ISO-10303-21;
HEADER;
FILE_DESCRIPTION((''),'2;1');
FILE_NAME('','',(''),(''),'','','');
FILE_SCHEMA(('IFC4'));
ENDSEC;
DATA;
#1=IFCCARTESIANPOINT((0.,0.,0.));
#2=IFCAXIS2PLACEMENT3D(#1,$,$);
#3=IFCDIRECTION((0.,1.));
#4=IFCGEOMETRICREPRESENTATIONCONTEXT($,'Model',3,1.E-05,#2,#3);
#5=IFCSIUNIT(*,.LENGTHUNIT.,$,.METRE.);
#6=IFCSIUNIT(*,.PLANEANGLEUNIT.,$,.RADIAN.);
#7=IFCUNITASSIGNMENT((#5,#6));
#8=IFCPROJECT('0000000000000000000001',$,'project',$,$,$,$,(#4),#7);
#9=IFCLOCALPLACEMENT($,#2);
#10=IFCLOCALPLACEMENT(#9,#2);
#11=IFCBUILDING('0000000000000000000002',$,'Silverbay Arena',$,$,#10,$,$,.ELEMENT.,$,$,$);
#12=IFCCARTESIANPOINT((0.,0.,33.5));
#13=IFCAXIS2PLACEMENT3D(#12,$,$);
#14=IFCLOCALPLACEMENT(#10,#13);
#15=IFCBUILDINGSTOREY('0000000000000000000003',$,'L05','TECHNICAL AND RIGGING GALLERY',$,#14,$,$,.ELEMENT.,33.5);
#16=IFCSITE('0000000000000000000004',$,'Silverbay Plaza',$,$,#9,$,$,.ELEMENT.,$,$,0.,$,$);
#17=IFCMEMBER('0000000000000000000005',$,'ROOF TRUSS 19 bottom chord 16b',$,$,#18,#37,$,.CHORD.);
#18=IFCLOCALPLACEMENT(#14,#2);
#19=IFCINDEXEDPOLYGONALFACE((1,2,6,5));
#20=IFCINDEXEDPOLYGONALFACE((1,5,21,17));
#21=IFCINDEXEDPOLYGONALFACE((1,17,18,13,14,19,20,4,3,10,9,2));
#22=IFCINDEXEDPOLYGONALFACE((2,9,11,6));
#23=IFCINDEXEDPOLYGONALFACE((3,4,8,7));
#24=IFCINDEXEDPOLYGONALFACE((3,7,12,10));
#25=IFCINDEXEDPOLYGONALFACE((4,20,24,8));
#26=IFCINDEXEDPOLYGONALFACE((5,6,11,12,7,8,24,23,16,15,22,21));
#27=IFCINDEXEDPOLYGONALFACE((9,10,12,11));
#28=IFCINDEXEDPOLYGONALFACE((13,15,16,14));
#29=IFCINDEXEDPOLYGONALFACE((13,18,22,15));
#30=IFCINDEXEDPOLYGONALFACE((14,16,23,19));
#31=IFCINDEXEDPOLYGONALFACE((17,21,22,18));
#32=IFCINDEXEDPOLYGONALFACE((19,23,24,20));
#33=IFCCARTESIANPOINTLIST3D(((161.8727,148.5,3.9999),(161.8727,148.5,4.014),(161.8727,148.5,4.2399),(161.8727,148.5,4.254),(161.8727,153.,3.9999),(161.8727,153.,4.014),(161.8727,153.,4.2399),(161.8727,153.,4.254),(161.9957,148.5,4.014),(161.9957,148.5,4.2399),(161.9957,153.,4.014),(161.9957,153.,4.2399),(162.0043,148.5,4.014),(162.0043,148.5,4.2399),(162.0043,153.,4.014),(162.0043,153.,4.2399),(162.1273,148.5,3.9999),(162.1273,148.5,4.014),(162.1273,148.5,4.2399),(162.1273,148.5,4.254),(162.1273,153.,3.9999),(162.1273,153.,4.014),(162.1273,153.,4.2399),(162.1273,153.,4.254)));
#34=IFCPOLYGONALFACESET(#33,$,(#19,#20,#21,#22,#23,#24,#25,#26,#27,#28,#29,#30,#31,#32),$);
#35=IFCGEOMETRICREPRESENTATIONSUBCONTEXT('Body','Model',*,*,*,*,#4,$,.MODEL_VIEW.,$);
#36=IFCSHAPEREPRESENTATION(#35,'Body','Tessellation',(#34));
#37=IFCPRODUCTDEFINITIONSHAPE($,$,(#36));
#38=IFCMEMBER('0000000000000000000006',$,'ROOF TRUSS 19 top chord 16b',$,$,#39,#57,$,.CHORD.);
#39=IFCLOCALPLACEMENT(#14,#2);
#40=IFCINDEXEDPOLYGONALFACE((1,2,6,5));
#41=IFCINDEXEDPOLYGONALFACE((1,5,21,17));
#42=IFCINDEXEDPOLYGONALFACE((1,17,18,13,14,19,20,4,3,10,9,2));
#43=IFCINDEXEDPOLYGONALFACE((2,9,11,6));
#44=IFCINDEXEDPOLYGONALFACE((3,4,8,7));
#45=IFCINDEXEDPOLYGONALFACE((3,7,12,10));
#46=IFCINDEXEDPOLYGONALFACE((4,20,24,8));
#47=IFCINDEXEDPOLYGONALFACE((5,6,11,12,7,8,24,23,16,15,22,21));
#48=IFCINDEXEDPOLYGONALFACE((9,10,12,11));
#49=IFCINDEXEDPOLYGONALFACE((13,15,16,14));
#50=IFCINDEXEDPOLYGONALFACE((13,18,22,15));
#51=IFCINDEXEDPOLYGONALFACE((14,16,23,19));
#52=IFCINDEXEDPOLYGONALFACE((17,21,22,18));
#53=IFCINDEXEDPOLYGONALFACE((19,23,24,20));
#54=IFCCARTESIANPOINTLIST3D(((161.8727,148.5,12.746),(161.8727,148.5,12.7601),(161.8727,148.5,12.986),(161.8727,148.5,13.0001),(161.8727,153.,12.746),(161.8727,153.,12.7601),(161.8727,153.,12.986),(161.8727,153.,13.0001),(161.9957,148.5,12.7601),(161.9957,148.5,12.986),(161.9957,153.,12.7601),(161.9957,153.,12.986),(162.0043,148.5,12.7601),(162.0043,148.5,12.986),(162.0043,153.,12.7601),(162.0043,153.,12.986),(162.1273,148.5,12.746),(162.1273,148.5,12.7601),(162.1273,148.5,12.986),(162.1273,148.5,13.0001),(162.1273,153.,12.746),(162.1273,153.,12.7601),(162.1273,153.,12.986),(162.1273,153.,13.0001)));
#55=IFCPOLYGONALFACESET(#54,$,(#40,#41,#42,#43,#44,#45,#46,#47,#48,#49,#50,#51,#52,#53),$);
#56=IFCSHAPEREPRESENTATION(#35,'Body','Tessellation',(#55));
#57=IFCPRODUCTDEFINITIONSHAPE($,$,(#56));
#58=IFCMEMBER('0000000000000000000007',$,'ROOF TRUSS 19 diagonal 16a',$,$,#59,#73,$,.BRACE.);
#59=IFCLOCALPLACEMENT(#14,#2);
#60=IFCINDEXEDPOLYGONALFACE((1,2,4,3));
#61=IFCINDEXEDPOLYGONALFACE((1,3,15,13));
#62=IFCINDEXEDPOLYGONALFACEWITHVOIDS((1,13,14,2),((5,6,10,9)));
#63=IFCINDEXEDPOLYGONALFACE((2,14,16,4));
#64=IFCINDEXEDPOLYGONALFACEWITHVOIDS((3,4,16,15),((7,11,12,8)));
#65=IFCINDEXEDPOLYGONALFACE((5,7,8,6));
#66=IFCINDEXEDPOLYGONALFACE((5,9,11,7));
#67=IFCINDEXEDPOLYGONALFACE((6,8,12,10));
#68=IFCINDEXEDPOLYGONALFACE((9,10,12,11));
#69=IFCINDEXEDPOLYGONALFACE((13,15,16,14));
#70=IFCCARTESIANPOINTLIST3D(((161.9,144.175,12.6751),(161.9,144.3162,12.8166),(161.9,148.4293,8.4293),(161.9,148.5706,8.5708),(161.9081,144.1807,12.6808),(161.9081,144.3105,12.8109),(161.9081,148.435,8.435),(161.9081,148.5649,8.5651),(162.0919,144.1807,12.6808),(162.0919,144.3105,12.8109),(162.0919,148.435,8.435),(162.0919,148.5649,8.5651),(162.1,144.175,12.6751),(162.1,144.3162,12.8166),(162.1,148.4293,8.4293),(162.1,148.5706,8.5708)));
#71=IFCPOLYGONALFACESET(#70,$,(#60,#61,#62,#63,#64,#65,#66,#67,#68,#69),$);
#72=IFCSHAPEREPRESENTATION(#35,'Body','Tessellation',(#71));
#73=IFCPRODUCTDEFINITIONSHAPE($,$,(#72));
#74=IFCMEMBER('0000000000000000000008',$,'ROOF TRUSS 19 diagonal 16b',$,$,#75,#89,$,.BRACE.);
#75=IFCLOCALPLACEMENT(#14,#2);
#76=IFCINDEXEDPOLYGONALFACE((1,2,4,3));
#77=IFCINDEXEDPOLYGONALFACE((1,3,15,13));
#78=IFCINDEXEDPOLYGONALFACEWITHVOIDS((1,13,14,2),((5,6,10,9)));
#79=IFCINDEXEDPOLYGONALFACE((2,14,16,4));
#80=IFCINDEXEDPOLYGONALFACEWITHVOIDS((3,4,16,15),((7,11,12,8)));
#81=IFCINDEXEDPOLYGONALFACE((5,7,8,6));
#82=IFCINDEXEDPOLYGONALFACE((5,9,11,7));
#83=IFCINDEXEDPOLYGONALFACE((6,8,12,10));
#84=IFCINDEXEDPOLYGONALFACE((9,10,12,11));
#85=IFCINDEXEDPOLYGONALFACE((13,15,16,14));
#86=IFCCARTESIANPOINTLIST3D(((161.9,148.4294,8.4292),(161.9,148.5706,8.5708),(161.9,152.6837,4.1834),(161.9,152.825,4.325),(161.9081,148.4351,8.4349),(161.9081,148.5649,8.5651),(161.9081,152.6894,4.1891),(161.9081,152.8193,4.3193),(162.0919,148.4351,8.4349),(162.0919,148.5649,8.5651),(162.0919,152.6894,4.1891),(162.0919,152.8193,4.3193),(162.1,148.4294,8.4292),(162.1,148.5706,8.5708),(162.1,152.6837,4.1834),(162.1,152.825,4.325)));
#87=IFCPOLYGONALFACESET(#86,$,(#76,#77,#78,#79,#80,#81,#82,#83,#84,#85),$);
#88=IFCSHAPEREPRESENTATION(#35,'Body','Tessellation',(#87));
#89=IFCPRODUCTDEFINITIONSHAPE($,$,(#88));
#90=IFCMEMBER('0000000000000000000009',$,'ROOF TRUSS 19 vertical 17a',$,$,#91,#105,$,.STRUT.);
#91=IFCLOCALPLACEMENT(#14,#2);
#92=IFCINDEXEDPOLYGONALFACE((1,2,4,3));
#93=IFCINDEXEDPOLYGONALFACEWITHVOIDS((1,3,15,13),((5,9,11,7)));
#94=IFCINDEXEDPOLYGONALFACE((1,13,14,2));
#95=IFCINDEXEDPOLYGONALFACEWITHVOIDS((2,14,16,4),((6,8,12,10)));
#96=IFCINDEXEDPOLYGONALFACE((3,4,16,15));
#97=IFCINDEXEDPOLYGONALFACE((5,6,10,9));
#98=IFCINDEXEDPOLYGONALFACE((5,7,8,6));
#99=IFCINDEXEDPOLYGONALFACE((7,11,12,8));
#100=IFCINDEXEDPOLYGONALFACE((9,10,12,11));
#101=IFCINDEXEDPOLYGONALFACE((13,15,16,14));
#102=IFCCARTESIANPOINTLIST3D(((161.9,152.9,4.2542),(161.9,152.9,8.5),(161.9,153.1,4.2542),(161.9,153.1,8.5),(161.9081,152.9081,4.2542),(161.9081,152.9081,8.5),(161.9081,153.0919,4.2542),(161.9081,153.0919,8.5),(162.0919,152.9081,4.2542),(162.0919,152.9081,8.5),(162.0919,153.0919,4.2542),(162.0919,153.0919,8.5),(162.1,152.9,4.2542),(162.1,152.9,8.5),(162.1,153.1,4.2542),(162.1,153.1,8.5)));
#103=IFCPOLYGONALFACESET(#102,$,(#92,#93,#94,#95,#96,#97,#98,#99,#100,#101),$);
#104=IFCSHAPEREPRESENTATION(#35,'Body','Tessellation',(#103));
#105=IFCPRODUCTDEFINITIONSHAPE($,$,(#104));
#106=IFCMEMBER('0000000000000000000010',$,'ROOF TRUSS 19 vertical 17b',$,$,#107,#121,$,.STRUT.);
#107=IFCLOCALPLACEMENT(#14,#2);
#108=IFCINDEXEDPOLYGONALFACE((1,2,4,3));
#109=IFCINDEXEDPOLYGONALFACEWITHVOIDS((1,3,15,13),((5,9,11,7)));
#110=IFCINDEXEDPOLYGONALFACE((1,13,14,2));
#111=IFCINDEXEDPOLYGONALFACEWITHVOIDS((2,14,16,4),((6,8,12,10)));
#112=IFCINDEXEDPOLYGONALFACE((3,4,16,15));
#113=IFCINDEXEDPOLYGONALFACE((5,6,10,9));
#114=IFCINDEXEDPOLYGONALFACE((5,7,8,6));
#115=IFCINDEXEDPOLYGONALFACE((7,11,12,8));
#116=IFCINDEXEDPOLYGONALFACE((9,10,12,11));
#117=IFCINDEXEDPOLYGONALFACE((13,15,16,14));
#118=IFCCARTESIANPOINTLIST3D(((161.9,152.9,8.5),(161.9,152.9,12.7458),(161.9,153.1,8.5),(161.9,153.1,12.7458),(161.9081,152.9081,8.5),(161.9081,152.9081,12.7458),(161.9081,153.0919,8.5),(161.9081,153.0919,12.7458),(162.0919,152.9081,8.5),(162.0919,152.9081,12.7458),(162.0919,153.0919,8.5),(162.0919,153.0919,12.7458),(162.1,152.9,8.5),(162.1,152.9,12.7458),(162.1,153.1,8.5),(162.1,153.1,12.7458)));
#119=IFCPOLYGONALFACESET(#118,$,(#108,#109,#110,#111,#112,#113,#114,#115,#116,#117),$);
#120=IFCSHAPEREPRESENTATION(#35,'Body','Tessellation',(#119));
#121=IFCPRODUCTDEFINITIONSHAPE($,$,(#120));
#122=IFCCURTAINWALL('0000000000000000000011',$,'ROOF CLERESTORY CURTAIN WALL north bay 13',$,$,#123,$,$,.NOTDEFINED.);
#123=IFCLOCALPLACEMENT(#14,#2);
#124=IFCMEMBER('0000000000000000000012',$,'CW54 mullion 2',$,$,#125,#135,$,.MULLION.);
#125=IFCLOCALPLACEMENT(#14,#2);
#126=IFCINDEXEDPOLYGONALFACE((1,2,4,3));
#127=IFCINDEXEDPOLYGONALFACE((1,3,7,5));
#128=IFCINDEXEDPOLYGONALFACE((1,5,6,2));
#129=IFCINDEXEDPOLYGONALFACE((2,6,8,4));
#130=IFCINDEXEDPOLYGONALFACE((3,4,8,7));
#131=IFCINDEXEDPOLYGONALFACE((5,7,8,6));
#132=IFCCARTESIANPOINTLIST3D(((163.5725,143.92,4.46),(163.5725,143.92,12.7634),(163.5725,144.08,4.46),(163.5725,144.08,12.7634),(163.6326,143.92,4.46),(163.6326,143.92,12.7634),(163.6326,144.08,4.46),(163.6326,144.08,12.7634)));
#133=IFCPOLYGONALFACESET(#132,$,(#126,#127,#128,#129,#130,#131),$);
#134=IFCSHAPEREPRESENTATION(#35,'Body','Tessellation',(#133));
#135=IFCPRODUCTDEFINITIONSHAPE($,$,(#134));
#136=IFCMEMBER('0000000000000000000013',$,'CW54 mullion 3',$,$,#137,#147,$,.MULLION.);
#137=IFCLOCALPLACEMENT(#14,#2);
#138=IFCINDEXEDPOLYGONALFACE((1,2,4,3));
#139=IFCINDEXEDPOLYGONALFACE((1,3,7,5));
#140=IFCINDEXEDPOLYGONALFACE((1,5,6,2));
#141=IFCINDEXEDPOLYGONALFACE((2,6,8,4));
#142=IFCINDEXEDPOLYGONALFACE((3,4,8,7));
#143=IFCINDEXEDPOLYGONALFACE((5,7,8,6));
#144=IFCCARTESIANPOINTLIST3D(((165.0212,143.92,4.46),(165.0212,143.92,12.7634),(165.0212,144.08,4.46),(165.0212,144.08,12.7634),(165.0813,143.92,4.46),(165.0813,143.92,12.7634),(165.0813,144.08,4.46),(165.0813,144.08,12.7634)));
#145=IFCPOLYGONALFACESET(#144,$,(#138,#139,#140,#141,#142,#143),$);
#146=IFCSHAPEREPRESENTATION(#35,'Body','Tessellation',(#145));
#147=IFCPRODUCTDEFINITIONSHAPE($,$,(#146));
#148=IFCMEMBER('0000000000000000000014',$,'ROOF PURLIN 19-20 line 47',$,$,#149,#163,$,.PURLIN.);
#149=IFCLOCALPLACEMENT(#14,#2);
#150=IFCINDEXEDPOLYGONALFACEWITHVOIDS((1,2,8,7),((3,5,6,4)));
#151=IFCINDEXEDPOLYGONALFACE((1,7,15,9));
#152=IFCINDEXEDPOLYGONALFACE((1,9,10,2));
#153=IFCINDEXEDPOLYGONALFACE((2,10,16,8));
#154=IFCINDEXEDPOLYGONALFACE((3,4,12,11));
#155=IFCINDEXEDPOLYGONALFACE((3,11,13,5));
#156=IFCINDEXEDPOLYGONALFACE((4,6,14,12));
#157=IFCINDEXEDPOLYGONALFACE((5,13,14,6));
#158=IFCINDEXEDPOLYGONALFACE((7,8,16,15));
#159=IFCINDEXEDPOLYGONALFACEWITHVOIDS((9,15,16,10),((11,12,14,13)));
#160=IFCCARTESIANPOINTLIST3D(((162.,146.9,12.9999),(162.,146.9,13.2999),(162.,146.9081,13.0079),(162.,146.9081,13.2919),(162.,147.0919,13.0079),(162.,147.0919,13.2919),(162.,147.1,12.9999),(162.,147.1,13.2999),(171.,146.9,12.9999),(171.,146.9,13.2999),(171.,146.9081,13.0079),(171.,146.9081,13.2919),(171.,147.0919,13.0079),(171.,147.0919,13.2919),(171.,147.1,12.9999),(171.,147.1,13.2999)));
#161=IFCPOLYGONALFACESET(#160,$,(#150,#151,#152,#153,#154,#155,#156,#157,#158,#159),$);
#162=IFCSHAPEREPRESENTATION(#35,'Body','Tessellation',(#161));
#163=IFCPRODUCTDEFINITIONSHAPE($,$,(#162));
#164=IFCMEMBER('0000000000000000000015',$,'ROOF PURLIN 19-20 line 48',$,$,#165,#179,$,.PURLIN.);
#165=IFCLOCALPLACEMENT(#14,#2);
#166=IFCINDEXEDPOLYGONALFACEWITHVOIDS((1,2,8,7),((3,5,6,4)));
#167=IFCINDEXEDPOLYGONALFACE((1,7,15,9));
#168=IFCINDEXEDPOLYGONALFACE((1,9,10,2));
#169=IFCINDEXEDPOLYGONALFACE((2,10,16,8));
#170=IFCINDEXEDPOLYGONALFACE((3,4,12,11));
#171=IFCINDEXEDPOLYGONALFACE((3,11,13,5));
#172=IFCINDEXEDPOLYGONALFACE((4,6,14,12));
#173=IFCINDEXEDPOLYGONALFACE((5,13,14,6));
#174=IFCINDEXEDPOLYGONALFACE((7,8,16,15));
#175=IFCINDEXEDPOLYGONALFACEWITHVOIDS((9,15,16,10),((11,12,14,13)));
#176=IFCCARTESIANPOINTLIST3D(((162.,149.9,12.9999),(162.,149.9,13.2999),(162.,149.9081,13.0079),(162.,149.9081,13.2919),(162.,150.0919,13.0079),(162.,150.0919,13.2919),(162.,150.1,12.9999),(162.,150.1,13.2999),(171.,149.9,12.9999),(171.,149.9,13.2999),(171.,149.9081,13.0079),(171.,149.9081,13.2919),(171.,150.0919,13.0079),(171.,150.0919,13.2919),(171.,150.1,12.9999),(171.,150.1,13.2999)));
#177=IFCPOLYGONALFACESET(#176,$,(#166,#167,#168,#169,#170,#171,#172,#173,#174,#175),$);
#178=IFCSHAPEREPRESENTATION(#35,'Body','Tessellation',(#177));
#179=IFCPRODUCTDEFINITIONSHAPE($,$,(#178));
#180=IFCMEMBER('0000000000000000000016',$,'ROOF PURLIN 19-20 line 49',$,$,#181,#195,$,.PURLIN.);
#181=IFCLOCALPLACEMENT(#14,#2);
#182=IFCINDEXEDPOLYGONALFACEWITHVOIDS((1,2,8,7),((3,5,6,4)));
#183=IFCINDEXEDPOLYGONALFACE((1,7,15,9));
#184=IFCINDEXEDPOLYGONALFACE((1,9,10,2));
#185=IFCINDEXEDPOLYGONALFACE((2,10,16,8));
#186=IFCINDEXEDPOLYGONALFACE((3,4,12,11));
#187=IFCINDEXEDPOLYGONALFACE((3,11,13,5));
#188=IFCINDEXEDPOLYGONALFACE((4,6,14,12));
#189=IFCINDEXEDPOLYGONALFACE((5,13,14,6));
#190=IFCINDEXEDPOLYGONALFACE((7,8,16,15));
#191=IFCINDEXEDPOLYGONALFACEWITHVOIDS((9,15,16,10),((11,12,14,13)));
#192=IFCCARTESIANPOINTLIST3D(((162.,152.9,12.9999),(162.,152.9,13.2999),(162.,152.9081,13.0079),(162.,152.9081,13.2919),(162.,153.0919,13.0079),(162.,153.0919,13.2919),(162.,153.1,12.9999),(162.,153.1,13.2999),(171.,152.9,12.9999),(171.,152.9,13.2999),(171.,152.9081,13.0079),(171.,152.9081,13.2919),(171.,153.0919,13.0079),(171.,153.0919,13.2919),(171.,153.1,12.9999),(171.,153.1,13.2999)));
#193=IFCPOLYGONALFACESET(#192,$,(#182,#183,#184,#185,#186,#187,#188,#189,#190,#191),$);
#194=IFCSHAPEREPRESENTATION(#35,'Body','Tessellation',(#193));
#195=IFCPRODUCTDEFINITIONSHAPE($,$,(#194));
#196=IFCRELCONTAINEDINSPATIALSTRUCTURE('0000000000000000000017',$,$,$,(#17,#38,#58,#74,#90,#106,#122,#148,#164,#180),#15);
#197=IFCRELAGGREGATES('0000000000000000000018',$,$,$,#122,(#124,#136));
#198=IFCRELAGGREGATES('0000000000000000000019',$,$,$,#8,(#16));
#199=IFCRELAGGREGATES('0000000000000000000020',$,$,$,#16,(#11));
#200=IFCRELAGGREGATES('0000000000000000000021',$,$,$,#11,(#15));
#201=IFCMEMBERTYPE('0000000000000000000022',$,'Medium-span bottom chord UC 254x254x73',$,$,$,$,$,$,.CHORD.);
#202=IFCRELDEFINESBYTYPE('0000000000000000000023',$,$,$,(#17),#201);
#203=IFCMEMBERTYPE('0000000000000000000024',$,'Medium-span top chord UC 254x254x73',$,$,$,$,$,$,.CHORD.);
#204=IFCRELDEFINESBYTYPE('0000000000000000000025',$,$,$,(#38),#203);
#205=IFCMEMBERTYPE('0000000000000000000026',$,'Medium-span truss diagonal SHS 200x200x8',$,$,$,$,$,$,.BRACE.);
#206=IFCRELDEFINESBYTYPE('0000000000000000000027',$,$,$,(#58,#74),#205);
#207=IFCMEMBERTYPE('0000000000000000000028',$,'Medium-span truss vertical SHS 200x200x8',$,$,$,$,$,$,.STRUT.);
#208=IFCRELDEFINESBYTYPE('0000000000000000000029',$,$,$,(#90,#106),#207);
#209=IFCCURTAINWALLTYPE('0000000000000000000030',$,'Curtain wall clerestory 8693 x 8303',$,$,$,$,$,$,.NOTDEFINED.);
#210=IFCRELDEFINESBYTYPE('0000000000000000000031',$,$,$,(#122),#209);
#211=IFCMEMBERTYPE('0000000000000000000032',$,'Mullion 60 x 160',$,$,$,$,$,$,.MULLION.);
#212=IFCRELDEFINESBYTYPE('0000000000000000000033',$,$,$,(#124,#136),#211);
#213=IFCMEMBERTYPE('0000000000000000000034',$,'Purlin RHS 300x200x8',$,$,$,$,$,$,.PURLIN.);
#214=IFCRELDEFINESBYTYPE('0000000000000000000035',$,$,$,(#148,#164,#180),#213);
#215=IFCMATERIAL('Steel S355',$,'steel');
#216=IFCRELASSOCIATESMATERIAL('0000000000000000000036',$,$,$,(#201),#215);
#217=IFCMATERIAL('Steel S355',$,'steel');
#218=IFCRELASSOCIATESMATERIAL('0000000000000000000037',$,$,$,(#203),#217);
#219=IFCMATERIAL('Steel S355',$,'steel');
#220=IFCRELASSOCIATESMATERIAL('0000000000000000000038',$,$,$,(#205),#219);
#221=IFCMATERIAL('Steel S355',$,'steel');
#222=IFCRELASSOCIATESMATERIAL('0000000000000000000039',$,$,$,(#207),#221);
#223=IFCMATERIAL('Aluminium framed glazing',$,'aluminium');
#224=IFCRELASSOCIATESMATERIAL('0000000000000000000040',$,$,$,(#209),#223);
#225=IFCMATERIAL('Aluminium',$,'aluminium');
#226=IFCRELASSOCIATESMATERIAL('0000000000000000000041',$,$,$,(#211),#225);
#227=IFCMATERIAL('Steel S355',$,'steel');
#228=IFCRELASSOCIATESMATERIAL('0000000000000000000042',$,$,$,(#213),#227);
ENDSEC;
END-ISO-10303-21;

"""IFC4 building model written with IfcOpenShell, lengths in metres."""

from ifc_helpers import new_model, si_unit, direction, frame, origin, origin_2d, place, context, subcontext, project, spatial, rectangle, hollow_rectangle, i_section, extrude, material, material_profile, profile_set, type_object, element, aggregate, save


model = new_model("IFC4")

# Units and contexts
model_context = context("Model", 3, precision=1e-05, world=origin(), true_north=direction((0.0, 1.0)))
body_context = subcontext(model_context, "Body", "Model", "MODEL_VIEW")
ifc_project = project(units=[si_unit("LENGTHUNIT", "METRE"), si_unit("PLANEANGLEUNIT", "RADIAN")], contexts=[model_context])

# Site, building, storey
site_placement = place(None, origin())
site = spatial("IfcSite", under=ifc_project, at=site_placement, Name="Silverbay Plaza", CompositionType="ELEMENT", RefElevation=0.0)
building_placement = place(site_placement, origin())
building = spatial("IfcBuilding", under=site, at=building_placement, Name="Silverbay Arena", CompositionType="ELEMENT")
storey_placement = place(building_placement, frame((0.0, 0.0, 33.5)))
storey = spatial("IfcBuildingStorey", under=building, at=storey_placement, Name="L05", Description="TECHNICAL AND RIGGING GALLERY", CompositionType="ELEMENT", Elevation=33.5)

# Members
ifc_material_1 = material(Name="Steel S355", Category="steel")
ifc_material_profile_1 = material_profile(ifc_material_1, i_section(OverallWidth=0.2546, OverallDepth=0.2542, WebThickness=0.0085, FlangeThickness=0.0142, at=origin_2d()), Name="UC 254x254x73")
ifc_profile_set_1 = profile_set([ifc_material_profile_1], Name="Steel S355")
member_type_1 = type_object("IfcMemberType", Name="Medium-span bottom chord UC 254x254x73", PredefinedType="CHORD", material=ifc_profile_set_1)
member_1_placement = place(storey_placement, frame((162.0, 148.5, 4.127), z_axis=(0.0, 1.0, 0.0), x_axis=(-1.0, 0.0, 0.0)))
element("IfcMember", 1, at=member_1_placement, inside=storey, type_object=member_type_1, Name="ROOF TRUSS 19 bottom chord 16b", PredefinedType="CHORD", context=body_context, shape_type="SweptSolid", body=[
    extrude(i_section(OverallWidth=0.2546, OverallDepth=0.2542, WebThickness=0.0085, FlangeThickness=0.0142, at=origin_2d()), origin(), (0.0, 0.0, 1.0), 4.5),
])
ifc_material_2 = material(Name="Steel S355", Category="steel")
ifc_material_profile_2 = material_profile(ifc_material_2, i_section(OverallWidth=0.2546, OverallDepth=0.2542, WebThickness=0.0085, FlangeThickness=0.0142, at=origin_2d()), Name="UC 254x254x73")
ifc_profile_set_2 = profile_set([ifc_material_profile_2], Name="Steel S355")
member_type_2 = type_object("IfcMemberType", Name="Medium-span top chord UC 254x254x73", PredefinedType="CHORD", material=ifc_profile_set_2)
member_2_placement = place(storey_placement, frame((162.0, 148.5, 12.873), z_axis=(0.0, 1.0, 0.0), x_axis=(-1.0, 0.0, 0.0)))
element("IfcMember", 2, at=member_2_placement, inside=storey, type_object=member_type_2, Name="ROOF TRUSS 19 top chord 16b", PredefinedType="CHORD", context=body_context, shape_type="SweptSolid", body=[
    extrude(i_section(OverallWidth=0.2546, OverallDepth=0.2542, WebThickness=0.0085, FlangeThickness=0.0142, at=origin_2d()), origin(), (0.0, 0.0, 1.0), 4.5),
])
ifc_material_3 = material(Name="Steel S355", Category="steel")
ifc_material_profile_3 = material_profile(ifc_material_3, hollow_rectangle(XDim=0.2, YDim=0.2, WallThickness=0.0081, at=origin_2d()), Name="SHS 200x200x8")
ifc_profile_set_3 = profile_set([ifc_material_profile_3], Name="Steel S355")
member_type_3 = type_object("IfcMemberType", Name="Medium-span truss diagonal SHS 200x200x8", PredefinedType="BRACE", material=ifc_profile_set_3)
for number, where, z_axis, x_axis, name in (
    (3, (162.0, 144.2456, 12.7458), (0.0, 0.707817, -0.706396), (-1.0, 0.0, 0.0), "ROOF TRUSS 19 diagonal 16a"),
    (4, (162.0, 148.5, 8.5), (0.0, 0.707817, -0.706396), (-1.0, 0.0, 0.0), "ROOF TRUSS 19 diagonal 16b"),
):
    element("IfcMember", number, at=place(storey_placement, frame(where, z_axis=z_axis, x_axis=x_axis)), inside=storey, type_object=member_type_3, Name=name, PredefinedType="BRACE", context=body_context, shape_type="SweptSolid", body=[
        extrude(hollow_rectangle(XDim=0.2, YDim=0.2, WallThickness=0.0081, at=origin_2d()), origin(), (0.0, 0.0, 1.0), 6.0105),
    ])
ifc_material_4 = material(Name="Steel S355", Category="steel")
ifc_material_profile_4 = material_profile(ifc_material_4, hollow_rectangle(XDim=0.2, YDim=0.2, WallThickness=0.0081, at=origin_2d()), Name="SHS 200x200x8")
ifc_profile_set_4 = profile_set([ifc_material_profile_4], Name="Steel S355")
member_type_4 = type_object("IfcMemberType", Name="Medium-span truss vertical SHS 200x200x8", PredefinedType="STRUT", material=ifc_profile_set_4)
for number, where, z_axis, x_axis, name in (
    (5, (162.0, 153.0, 4.2542), (0.0, 0.0, 1.0), (1.0, 0.0, 0.0), "ROOF TRUSS 19 vertical 17a"),
    (6, (162.0, 153.0, 8.5), (0.0, 0.0, 1.0), (1.0, 0.0, 0.0), "ROOF TRUSS 19 vertical 17b"),
):
    element("IfcMember", number, at=place(storey_placement, frame(where, z_axis=z_axis, x_axis=x_axis)), inside=storey, type_object=member_type_4, Name=name, PredefinedType="STRUT", context=body_context, shape_type="SweptSolid", body=[
        extrude(hollow_rectangle(XDim=0.2, YDim=0.2, WallThickness=0.0081, at=origin_2d()), origin(), (0.0, 0.0, 1.0), 4.2458),
    ])

# Curtain wall, members
ifc_material_5 = material(Name="Aluminium framed glazing", Category="aluminium")
curtain_wall_type = type_object("IfcCurtainWallType", Name="Curtain wall clerestory 8693 x 8303", PredefinedType="NOTDEFINED", material=ifc_material_5)
curtain_wall_placement = place(storey_placement, origin())
curtain_wall = element("IfcCurtainWall", 7, at=curtain_wall_placement, inside=storey, type_object=curtain_wall_type, Name="ROOF CLERESTORY CURTAIN WALL north bay 13", PredefinedType="NOTDEFINED")
ifc_material_6 = material(Name="Aluminium", Category="aluminium")
ifc_material_profile_5 = material_profile(ifc_material_6, rectangle(XDim=0.1599, YDim=0.0601, at=origin_2d()), Name="Mullion 60 x 160")
ifc_profile_set_5 = profile_set([ifc_material_profile_5], Name="Aluminium")
member_type_5 = type_object("IfcMemberType", Name="Mullion 60 x 160", PredefinedType="MULLION", material=ifc_profile_set_5)
member_3_placement = place(storey_placement, frame((163.6025, 144.0, 4.46), z_axis=(0.0, 0.0, 1.0), x_axis=(0.0, 1.0, 0.0)))
member_3 = element("IfcMember", 8, at=member_3_placement, type_object=member_type_5, Name="CW54 mullion 2", PredefinedType="MULLION", context=body_context, shape_type="SweptSolid", body=[
    extrude(rectangle(XDim=0.1599, YDim=0.0601, at=origin_2d()), origin(), (0.0, 0.0, 1.0), 8.3035),
])
member_4_placement = place(storey_placement, frame((165.0513, 144.0, 4.46), z_axis=(0.0, 0.0, 1.0), x_axis=(0.0, 1.0, 0.0)))
member_4 = element("IfcMember", 9, at=member_4_placement, type_object=member_type_5, Name="CW54 mullion 3", PredefinedType="MULLION", context=body_context, shape_type="SweptSolid", body=[
    extrude(rectangle(XDim=0.1599, YDim=0.0601, at=origin_2d()), origin(), (0.0, 0.0, 1.0), 8.3035),
])

# Members
ifc_material_7 = material(Name="Steel S355", Category="steel")
ifc_material_profile_6 = material_profile(ifc_material_7, hollow_rectangle(XDim=0.2, YDim=0.3, WallThickness=0.0081, at=origin_2d()), Name="RHS 300x200x8")
ifc_profile_set_6 = profile_set([ifc_material_profile_6], Name="Steel S355")
member_type_6 = type_object("IfcMemberType", Name="Purlin RHS 300x200x8", PredefinedType="PURLIN", material=ifc_profile_set_6)
for number, where, z_axis, x_axis, name in (
    (10, (162.0, 147.0, 13.1499), (1.0, 0.0, 0.0), (0.0, 1.0, 0.0), "ROOF PURLIN 19-20 line 47"),
    (11, (162.0, 150.0, 13.1499), (1.0, 0.0, 0.0), (0.0, 1.0, 0.0), "ROOF PURLIN 19-20 line 48"),
    (12, (162.0, 153.0, 13.1499), (1.0, 0.0, 0.0), (0.0, 1.0, 0.0), "ROOF PURLIN 19-20 line 49"),
):
    element("IfcMember", number, at=place(storey_placement, frame(where, z_axis=z_axis, x_axis=x_axis)), inside=storey, type_object=member_type_6, Name=name, PredefinedType="PURLIN", context=body_context, shape_type="SweptSolid", body=[
        extrude(hollow_rectangle(XDim=0.2, YDim=0.3, WallThickness=0.0081, at=origin_2d()), origin(), (0.0, 0.0, 1.0), 9.0),
    ])

aggregate(curtain_wall, [member_3, member_4])

save(model, "model.ifc")
